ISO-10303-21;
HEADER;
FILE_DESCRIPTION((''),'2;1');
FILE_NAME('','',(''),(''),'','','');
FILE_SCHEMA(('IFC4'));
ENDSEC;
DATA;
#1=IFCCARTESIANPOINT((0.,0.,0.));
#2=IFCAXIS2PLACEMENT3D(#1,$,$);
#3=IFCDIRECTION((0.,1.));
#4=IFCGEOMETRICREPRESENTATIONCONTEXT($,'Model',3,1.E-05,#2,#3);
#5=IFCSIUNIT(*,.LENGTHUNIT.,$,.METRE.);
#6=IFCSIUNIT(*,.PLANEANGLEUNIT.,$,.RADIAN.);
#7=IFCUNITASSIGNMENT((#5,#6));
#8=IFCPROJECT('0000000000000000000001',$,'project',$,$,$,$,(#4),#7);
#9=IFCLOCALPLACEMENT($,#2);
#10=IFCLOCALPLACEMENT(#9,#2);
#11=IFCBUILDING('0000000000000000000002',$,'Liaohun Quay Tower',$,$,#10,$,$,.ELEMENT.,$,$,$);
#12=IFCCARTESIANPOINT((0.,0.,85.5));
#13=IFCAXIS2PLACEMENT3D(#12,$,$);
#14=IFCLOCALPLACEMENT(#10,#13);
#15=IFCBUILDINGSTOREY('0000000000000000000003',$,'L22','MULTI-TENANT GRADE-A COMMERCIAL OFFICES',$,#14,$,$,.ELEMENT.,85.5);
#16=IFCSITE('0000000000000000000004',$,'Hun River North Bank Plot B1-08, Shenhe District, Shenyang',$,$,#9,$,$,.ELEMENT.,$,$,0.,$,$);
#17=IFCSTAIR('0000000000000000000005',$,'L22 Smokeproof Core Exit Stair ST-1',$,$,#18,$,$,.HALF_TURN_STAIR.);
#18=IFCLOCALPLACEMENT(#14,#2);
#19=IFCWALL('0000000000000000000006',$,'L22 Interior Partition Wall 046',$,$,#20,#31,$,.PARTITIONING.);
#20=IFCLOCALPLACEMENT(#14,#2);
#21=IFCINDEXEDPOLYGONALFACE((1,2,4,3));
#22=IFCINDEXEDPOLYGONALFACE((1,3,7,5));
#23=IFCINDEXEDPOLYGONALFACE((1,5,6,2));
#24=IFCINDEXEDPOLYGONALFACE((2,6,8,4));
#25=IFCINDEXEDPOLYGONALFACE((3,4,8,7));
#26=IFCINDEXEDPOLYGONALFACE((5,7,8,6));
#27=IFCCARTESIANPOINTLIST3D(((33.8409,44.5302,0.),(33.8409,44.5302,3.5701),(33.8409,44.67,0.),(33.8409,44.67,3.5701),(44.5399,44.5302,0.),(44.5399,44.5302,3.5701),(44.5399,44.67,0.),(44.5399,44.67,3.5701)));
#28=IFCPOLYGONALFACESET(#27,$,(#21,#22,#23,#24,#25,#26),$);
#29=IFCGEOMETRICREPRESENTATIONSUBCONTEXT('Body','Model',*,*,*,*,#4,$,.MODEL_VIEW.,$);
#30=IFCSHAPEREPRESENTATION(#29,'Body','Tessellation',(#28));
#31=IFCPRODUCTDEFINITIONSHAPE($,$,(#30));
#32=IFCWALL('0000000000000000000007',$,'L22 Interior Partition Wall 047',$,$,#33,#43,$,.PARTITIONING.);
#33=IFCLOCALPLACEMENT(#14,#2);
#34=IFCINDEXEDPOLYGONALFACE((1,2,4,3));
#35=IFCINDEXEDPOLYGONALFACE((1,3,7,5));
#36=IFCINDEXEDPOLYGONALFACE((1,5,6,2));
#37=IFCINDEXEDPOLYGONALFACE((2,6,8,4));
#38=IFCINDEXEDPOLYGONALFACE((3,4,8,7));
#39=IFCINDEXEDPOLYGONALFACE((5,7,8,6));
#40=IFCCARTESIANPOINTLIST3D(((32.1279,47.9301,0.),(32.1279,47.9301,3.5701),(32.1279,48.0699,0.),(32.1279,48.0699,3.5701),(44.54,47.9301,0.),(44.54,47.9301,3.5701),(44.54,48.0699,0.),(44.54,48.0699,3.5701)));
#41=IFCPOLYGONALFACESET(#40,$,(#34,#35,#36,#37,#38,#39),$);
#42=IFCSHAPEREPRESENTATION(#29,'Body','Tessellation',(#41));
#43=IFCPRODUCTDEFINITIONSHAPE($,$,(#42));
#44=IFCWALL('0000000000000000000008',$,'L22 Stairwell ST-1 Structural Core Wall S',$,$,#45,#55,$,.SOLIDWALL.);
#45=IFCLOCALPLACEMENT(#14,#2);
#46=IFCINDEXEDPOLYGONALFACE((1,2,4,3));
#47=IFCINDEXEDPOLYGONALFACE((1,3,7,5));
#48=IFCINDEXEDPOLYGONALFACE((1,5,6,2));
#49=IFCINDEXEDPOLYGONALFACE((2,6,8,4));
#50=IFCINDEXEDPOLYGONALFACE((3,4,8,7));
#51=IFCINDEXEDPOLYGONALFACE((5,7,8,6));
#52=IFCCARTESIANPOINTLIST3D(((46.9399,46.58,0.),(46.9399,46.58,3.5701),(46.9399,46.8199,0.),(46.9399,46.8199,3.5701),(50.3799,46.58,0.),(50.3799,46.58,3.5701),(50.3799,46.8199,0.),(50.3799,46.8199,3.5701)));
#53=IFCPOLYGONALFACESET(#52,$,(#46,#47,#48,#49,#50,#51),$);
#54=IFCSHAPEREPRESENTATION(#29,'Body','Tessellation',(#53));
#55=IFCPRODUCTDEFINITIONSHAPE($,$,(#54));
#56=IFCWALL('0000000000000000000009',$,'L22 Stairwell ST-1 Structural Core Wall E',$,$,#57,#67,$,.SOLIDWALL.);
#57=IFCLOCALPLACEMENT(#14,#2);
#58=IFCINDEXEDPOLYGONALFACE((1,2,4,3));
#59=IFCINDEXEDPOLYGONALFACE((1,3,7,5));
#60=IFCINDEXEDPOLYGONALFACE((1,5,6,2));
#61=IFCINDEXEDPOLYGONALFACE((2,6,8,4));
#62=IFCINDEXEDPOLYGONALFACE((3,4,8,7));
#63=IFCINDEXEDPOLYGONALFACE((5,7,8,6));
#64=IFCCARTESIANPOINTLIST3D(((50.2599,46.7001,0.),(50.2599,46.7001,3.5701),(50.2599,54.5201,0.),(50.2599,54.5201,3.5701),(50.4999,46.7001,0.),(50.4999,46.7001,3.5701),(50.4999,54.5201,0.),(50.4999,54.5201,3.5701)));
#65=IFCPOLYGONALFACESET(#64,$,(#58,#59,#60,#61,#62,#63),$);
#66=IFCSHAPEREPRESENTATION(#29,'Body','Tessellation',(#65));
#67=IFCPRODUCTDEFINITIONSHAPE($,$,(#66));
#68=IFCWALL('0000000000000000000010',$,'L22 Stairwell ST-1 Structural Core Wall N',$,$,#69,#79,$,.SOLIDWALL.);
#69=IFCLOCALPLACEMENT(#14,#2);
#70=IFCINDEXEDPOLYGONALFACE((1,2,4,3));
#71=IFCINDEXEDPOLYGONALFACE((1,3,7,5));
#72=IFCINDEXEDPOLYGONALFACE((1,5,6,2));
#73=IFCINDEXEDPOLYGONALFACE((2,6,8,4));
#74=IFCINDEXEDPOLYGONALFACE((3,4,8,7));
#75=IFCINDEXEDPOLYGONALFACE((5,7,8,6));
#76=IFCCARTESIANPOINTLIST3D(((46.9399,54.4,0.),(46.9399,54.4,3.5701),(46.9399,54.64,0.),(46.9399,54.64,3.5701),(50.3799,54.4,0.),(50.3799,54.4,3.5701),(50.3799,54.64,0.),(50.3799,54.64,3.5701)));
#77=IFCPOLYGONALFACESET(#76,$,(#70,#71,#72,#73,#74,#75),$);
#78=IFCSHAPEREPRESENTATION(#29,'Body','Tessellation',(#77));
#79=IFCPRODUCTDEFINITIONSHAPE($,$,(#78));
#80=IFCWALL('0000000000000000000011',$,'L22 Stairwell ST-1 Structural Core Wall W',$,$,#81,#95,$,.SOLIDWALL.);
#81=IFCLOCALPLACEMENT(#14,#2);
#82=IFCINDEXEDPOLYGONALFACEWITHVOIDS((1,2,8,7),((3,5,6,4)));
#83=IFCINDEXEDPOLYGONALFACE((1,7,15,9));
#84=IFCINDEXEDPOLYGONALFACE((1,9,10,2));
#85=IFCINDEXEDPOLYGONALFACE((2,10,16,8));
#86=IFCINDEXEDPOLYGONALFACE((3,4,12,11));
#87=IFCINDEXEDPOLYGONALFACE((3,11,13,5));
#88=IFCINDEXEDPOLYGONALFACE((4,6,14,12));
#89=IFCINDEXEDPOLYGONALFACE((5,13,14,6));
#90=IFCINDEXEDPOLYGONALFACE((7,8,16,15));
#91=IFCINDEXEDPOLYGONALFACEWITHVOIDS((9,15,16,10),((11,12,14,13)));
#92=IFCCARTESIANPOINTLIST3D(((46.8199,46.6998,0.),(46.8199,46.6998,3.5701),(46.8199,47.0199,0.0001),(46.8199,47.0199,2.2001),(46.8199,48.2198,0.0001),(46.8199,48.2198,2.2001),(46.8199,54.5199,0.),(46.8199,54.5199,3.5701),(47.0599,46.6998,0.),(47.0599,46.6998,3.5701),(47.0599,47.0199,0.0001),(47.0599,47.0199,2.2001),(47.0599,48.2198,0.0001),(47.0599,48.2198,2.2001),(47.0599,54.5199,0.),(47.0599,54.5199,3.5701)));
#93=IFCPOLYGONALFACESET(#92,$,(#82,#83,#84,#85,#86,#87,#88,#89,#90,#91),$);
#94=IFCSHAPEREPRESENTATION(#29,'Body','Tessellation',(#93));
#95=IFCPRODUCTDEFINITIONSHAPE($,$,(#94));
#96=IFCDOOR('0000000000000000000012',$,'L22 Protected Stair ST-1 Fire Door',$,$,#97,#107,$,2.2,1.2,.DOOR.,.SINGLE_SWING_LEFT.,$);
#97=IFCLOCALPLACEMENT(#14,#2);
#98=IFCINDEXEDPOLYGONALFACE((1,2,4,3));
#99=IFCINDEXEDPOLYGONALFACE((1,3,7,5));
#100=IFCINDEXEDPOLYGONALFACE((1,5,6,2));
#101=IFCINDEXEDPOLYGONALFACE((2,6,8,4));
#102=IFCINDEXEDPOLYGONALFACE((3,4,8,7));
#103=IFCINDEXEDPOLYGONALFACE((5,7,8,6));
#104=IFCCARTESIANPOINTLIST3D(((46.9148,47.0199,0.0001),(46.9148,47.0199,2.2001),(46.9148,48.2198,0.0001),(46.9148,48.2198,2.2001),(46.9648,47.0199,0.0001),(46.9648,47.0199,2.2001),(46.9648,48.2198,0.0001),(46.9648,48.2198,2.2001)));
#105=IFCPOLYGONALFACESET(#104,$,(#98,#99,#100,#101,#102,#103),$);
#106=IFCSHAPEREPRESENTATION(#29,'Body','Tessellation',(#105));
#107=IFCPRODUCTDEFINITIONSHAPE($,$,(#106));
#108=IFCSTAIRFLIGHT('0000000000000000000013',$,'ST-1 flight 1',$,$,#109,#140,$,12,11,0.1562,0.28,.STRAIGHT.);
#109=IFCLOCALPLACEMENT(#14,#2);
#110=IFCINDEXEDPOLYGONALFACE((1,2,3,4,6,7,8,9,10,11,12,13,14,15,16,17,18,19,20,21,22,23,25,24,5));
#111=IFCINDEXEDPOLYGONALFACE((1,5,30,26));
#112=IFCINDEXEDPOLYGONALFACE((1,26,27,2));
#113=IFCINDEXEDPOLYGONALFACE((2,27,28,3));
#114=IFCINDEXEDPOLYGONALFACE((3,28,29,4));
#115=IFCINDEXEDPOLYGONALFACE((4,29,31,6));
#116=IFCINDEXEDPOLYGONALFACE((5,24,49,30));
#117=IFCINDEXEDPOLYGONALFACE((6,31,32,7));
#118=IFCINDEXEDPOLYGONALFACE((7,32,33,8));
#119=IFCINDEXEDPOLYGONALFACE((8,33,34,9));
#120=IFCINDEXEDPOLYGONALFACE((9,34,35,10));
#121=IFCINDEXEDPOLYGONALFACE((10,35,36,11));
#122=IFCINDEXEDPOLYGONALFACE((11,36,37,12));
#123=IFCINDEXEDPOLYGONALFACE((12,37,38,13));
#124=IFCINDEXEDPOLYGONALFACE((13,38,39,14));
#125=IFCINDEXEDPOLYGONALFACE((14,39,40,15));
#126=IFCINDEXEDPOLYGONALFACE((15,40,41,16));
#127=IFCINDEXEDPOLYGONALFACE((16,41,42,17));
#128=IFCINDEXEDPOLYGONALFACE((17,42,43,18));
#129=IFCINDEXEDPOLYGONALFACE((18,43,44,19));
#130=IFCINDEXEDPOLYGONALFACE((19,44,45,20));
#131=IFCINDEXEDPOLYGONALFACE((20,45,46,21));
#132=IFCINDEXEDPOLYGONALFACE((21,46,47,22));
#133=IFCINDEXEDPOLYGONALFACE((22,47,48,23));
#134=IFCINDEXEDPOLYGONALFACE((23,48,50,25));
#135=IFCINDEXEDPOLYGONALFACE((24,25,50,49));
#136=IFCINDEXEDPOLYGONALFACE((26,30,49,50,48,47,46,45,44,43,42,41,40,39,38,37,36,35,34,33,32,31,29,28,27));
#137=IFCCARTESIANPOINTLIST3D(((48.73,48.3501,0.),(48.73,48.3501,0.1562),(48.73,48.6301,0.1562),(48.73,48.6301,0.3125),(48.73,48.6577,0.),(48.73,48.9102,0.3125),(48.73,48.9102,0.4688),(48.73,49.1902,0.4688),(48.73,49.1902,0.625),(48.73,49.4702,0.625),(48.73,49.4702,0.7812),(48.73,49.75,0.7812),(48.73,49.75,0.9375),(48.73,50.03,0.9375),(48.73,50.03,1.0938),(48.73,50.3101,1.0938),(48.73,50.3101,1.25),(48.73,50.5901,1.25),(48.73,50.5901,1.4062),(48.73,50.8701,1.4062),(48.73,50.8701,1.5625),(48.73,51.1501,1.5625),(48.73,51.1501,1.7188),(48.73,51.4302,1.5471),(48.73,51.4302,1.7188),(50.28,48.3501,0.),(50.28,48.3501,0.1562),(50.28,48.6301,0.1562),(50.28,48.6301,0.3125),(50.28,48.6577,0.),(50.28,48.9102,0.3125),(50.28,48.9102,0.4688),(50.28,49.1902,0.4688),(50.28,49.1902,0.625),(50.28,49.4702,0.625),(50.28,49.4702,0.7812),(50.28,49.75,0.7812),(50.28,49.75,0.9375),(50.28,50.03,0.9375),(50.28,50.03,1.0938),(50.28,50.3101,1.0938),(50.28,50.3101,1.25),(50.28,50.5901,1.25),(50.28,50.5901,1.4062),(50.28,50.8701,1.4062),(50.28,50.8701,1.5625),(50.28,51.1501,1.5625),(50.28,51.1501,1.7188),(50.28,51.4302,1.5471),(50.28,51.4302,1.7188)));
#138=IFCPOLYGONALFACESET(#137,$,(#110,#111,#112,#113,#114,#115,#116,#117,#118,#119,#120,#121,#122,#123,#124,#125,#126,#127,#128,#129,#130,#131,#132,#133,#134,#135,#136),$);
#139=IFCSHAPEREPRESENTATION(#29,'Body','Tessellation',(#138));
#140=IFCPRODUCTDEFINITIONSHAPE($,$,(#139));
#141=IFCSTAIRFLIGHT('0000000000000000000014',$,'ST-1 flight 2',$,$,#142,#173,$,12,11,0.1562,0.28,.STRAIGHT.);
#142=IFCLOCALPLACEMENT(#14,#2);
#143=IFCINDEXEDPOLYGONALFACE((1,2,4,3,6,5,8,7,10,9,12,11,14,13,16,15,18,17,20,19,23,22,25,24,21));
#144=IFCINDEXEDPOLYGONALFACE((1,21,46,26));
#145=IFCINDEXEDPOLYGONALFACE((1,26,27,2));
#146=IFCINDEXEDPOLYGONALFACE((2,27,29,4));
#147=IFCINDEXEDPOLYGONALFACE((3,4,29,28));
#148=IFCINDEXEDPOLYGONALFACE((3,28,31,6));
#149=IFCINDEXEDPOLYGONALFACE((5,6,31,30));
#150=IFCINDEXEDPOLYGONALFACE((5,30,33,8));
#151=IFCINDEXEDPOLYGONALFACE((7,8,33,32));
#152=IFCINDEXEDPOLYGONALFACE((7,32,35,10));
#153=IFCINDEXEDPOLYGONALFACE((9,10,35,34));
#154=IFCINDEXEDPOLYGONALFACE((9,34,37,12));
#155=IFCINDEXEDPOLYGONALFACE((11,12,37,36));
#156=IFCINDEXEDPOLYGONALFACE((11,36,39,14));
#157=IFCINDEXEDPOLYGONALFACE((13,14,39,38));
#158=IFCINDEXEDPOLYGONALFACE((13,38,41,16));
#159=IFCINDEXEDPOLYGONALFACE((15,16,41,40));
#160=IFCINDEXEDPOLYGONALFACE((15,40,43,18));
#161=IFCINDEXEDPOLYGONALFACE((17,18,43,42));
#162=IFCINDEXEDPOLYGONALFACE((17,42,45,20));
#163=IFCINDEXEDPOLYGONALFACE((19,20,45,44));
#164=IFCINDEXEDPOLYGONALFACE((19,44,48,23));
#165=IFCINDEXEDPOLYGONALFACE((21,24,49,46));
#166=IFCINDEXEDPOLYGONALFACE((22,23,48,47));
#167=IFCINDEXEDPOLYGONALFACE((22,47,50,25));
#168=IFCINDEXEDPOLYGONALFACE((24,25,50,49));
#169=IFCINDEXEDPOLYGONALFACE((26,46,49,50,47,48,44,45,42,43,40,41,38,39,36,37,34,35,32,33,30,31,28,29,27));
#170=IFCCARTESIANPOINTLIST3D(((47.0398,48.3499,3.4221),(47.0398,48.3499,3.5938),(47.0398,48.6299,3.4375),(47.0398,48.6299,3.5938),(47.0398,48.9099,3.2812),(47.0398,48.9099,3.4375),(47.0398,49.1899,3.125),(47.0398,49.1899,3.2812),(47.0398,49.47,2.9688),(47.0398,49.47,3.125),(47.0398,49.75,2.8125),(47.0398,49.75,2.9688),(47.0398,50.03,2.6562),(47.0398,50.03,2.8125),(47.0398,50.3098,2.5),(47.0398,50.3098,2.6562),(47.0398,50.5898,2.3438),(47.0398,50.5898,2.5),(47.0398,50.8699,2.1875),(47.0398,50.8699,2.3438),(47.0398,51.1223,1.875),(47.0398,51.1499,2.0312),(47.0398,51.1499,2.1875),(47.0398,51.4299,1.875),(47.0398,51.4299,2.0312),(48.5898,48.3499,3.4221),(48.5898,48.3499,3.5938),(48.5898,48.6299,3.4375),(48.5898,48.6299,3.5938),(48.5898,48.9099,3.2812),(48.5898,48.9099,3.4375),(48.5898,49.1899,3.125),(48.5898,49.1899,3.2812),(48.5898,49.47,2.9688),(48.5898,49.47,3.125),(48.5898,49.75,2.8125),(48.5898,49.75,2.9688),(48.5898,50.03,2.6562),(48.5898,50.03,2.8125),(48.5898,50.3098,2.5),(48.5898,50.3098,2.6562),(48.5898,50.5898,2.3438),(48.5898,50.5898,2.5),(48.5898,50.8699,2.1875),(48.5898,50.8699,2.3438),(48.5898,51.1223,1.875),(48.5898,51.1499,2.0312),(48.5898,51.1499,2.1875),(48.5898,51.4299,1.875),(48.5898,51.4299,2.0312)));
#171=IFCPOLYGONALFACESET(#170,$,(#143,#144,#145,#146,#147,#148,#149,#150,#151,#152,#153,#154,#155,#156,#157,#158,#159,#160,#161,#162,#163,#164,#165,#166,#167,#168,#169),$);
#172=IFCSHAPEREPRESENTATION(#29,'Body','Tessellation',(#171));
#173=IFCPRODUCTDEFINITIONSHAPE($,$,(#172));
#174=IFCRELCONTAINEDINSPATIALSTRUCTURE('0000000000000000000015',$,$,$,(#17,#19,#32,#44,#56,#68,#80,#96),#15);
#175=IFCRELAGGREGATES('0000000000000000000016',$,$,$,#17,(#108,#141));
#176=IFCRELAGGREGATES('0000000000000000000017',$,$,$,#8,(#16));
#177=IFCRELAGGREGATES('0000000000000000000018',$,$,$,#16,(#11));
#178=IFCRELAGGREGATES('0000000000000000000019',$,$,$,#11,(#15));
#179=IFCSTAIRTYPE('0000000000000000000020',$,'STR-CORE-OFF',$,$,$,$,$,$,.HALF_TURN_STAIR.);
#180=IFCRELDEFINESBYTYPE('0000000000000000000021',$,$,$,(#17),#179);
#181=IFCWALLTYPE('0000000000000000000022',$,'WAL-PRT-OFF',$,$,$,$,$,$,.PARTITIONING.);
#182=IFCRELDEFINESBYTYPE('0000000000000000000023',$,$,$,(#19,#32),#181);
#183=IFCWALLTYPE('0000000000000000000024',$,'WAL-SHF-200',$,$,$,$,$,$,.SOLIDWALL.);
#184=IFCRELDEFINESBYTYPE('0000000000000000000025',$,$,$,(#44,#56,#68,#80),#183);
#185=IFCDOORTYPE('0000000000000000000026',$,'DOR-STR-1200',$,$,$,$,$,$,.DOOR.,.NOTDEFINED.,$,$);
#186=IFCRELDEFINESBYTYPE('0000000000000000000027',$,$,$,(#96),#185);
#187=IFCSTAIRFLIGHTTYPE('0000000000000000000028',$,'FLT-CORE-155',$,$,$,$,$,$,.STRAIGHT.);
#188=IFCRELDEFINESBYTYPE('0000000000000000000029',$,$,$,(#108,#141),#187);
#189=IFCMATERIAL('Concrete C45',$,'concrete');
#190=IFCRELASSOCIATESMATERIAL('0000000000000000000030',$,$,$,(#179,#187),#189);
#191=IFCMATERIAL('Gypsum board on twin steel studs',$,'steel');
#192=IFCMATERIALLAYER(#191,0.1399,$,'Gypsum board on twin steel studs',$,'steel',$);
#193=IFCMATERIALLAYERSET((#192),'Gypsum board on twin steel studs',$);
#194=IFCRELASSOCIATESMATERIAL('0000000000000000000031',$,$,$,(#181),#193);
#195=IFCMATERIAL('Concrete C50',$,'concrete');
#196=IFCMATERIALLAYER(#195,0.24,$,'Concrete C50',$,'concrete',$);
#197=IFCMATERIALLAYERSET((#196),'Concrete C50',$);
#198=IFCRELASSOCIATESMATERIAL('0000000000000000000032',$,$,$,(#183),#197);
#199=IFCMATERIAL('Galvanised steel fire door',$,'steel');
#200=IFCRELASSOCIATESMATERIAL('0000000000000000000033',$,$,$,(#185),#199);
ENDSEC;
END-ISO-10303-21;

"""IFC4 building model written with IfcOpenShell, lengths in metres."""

from ifc_helpers import new_model, si_unit, direction, frame, frame_2d, origin, place, context, subcontext, project, spatial, polyline, rectangle, outline, extrude, source, transform, mapped, material, layer, layer_set, type_object, element, fill, aggregate, save


model = new_model("IFC4")

# Units and contexts
model_context = context("Model", 3, precision=1e-05, world=origin(), true_north=direction((0.0, 1.0)))
body_context = subcontext(model_context, "Body", "Model", "MODEL_VIEW")
ifc_project = project(units=[si_unit("LENGTHUNIT", "METRE"), si_unit("PLANEANGLEUNIT", "RADIAN")], contexts=[model_context])

# Site, building, storey
site_placement = place(None, origin())
site = spatial("IfcSite", under=ifc_project, at=site_placement, Name="Hun River North Bank Plot B1-08, Shenhe District, Shenyang", CompositionType="ELEMENT", RefElevation=0.0)
building_placement = place(site_placement, origin())
building = spatial("IfcBuilding", under=site, at=building_placement, Name="Liaohun Quay Tower", CompositionType="ELEMENT")
storey_placement = place(building_placement, frame((0.0, 0.0, 85.5)))
storey = spatial("IfcBuildingStorey", under=building, at=storey_placement, Name="L22", Description="MULTI-TENANT GRADE-A COMMERCIAL OFFICES", CompositionType="ELEMENT", Elevation=85.5)

# Stair
ifc_material_1 = material(Name="Concrete C45", Category="concrete")
stair_type = type_object("IfcStairType", Name="STR-CORE-OFF", PredefinedType="HALF_TURN_STAIR", material=ifc_material_1)
stair_1_placement = place(storey_placement, origin())
stair_1 = element("IfcStair", 1, at=stair_1_placement, inside=storey, type_object=stair_type, Name="L22 Smokeproof Core Exit Stair ST-1", PredefinedType="HALF_TURN_STAIR")

# Walls
ifc_material_2 = material(Name="Gypsum board on twin steel studs", Category="steel")
ifc_layer_1 = layer(ifc_material_2, 0.1399, Name="Gypsum board on twin steel studs", Category="steel")
ifc_layer_set_1 = layer_set([ifc_layer_1], Name="Gypsum board on twin steel studs")
wall_type_1 = type_object("IfcWallType", Name="WAL-PRT-OFF", PredefinedType="PARTITIONING", material=ifc_layer_set_1)
wall_1_placement = place(storey_placement, frame((44.54, 44.6001, 0.0), z_axis=(0.0, 0.0, 1.0), x_axis=(-1.0, 0.0, 0.0)))
element("IfcWall", 2, at=wall_1_placement, inside=storey, type_object=wall_type_1, Name="L22 Interior Partition Wall 046", PredefinedType="PARTITIONING", context=body_context, shape_type="SweptSolid", body=[
    extrude(rectangle(XDim=10.699, YDim=0.1399, at=frame_2d((5.3496, 0.0))), origin(), (0.0, 0.0, 1.0), 3.5701),
])
wall_2_placement = place(storey_placement, frame((44.54, 48.0, 0.0), z_axis=(0.0, 0.0, 1.0), x_axis=(-1.0, 0.0, 0.0)))
element("IfcWall", 3, at=wall_2_placement, inside=storey, type_object=wall_type_1, Name="L22 Interior Partition Wall 047", PredefinedType="PARTITIONING", context=body_context, shape_type="SweptSolid", body=[
    extrude(rectangle(XDim=12.4121, YDim=0.1399, at=frame_2d((6.2061, 0.0))), origin(), (0.0, 0.0, 1.0), 3.5701),
])
ifc_material_3 = material(Name="Concrete C50", Category="concrete")
ifc_layer_2 = layer(ifc_material_3, 0.24, Name="Concrete C50", Category="concrete")
ifc_layer_set_2 = layer_set([ifc_layer_2], Name="Concrete C50")
wall_type_2 = type_object("IfcWallType", Name="WAL-SHF-200", PredefinedType="SOLIDWALL", material=ifc_layer_set_2)
wall_3_placement = place(storey_placement, frame((46.9399, 46.7, 0.0), z_axis=(0.0, 0.0, 1.0), x_axis=(1.0, 0.0, 0.0)))
element("IfcWall", 4, at=wall_3_placement, inside=storey, type_object=wall_type_2, Name="L22 Stairwell ST-1 Structural Core Wall S", PredefinedType="SOLIDWALL", context=body_context, shape_type="SweptSolid", body=[
    extrude(rectangle(XDim=3.4399, YDim=0.24, at=frame_2d((1.72, 0.0))), origin(), (0.0, 0.0, 1.0), 3.5701),
])
wall_4_placement = place(storey_placement, frame((50.3799, 46.7, 0.0), z_axis=(0.0, 0.0, 1.0), x_axis=(0.0, 1.0, 0.0)))
element("IfcWall", 5, at=wall_4_placement, inside=storey, type_object=wall_type_2, Name="L22 Stairwell ST-1 Structural Core Wall E", PredefinedType="SOLIDWALL", context=body_context, shape_type="SweptSolid", body=[
    extrude(rectangle(XDim=7.8201, YDim=0.24, at=frame_2d((3.9102, 0.0))), origin(), (0.0, 0.0, 1.0), 3.5701),
])
wall_5_placement = place(storey_placement, frame((50.3799, 54.52, 0.0), z_axis=(0.0, 0.0, 1.0), x_axis=(-1.0, 0.0, 0.0)))
element("IfcWall", 6, at=wall_5_placement, inside=storey, type_object=wall_type_2, Name="L22 Stairwell ST-1 Structural Core Wall N", PredefinedType="SOLIDWALL", context=body_context, shape_type="SweptSolid", body=[
    extrude(rectangle(XDim=3.4399, YDim=0.24, at=frame_2d((1.72, 0.0))), origin(), (0.0, 0.0, 1.0), 3.5701),
])

# Wall, opening, door
wall_6_placement = place(storey_placement, frame((46.9399, 54.52, 0.0), z_axis=(0.0, 0.0, 1.0), x_axis=(0.0, -1.0, 0.0)))
wall_6 = element("IfcWall", 7, at=wall_6_placement, inside=storey, type_object=wall_type_2, Name="L22 Stairwell ST-1 Structural Core Wall W", PredefinedType="SOLIDWALL", context=body_context, shape_type="SweptSolid", body=[
    extrude(rectangle(XDim=7.8201, YDim=0.24, at=frame_2d((3.9102, 0.0))), origin(), (0.0, 0.0, 1.0), 3.5701),
])
shared_shape_1 = source(origin(), body_context, "Body", "SweptSolid", [
    extrude(rectangle(XDim=1.2, YDim=2.2, at=frame_2d((0.6001, 1.1001))), frame((0.0, 0.1299, 0.0), z_axis=(0.0, -1.0, 0.0), x_axis=(1.0, 0.0, 0.0)), (0.0, 0.0, 1.0), 0.26),
])
opening_1_placement = place(wall_6_placement, frame((6.3, 0.0, 0.0)))
opening_1 = element("IfcOpeningElement", 8, at=opening_1_placement, cuts=wall_6, PredefinedType="OPENING", context=body_context, shape_type="MappedRepresentation", body=[
    mapped(shared_shape_1, transform((0.0, 0.0, 0.0), x_axis=(1.0, 0.0, 0.0), y_axis=(0.0, 1.0, 0.0), z_axis=(0.0, 0.0, 1.0), scale=1.0)),
])
ifc_material_4 = material(Name="Galvanised steel fire door", Category="steel")
door_type_1 = type_object("IfcDoorType", Name="DOR-STR-1200", OperationType="NOTDEFINED", PredefinedType="DOOR", material=ifc_material_4)
shared_shape_2 = source(origin(), body_context, "Body", "SweptSolid", [
    extrude(rectangle(XDim=1.2, YDim=2.2, at=frame_2d((0.6001, 1.1001))), frame((0.0, 0.0249, 0.0), z_axis=(0.0, -1.0, 0.0), x_axis=(1.0, 0.0, 0.0)), (0.0, 0.0, 1.0), 0.05),
])
door_1_placement = place(opening_1_placement, origin())
door_1 = element("IfcDoor", 9, at=door_1_placement, inside=storey, type_object=door_type_1, Name="L22 Protected Stair ST-1 Fire Door", OperationType="SINGLE_SWING_LEFT", OverallHeight=2.2, OverallWidth=1.2, PredefinedType="DOOR", context=body_context, shape_type="MappedRepresentation", body=[
    mapped(shared_shape_2, transform((0.0, 0.0, 0.0), x_axis=(1.0, 0.0, 0.0), y_axis=(0.0, 1.0, 0.0), z_axis=(0.0, 0.0, 1.0), scale=1.0)),
])
fill(opening_1, door_1)

# Stair flights
stair_flight_type = type_object("IfcStairFlightType", Name="FLT-CORE-155", PredefinedType="STRAIGHT", material=ifc_material_1)
stair_flight_1_placement = place(storey_placement, frame((49.5049, 48.3501, 0.0), z_axis=(0.0, 0.0, 1.0), x_axis=(0.0, 1.0, 0.0)))
stair_flight_1 = element("IfcStairFlight", 10, at=stair_flight_1_placement, type_object=stair_flight_type, Name="ST-1 flight 1", NumberOfRisers=12, NumberOfTreads=11, PredefinedType="STRAIGHT", RiserHeight=0.1562, TreadLength=0.28, context=body_context, shape_type="SweptSolid", body=[
    extrude(outline(polyline([(0.0, 0.0), (0.0, 0.1562), (0.28, 0.1562), (0.28, 0.3125), (0.5601, 0.3125), (0.5601, 0.4688), (0.8401, 0.4688), (0.8401, 0.625), (1.1201, 0.625), (1.1201, 0.7812), (1.3999, 0.7812), (1.3999, 0.9375), (1.6799, 0.9375), (1.6799, 1.0938), (1.96, 1.0938), (1.96, 1.25), (2.24, 1.25), (2.24, 1.4062), (2.52, 1.4062), (2.52, 1.5625), (2.8, 1.5625), (2.8, 1.7188), (3.0801, 1.7188), (3.0801, 1.875), (3.0801, 1.5471), (0.3076, 0.0), (0.0, 0.0)])), frame((0.0, 0.7749, 0.0), z_axis=(0.0, -1.0, 0.0), x_axis=(1.0, 0.0, 0.0)), (0.0, 0.0, 1.0), 1.55),
])
stair_flight_2_placement = place(storey_placement, frame((47.8149, 51.4299, 1.875), z_axis=(0.0, 0.0, 1.0), x_axis=(0.0, -1.0, 0.0)))
stair_flight_2 = element("IfcStairFlight", 11, at=stair_flight_2_placement, type_object=stair_flight_type, Name="ST-1 flight 2", NumberOfRisers=12, NumberOfTreads=11, PredefinedType="STRAIGHT", RiserHeight=0.1562, TreadLength=0.28, context=body_context, shape_type="SweptSolid", body=[
    extrude(outline(polyline([(0.0, 0.0), (0.0, 0.1562), (0.28, 0.1562), (0.28, 0.3125), (0.5601, 0.3125), (0.5601, 0.4688), (0.8401, 0.4688), (0.8401, 0.625), (1.1201, 0.625), (1.1201, 0.7812), (1.3999, 0.7812), (1.3999, 0.9375), (1.6799, 0.9375), (1.6799, 1.0938), (1.96, 1.0938), (1.96, 1.25), (2.24, 1.25), (2.24, 1.4062), (2.52, 1.4062), (2.52, 1.5625), (2.8, 1.5625), (2.8, 1.7188), (3.0801, 1.7188), (3.0801, 1.875), (3.0801, 1.5471), (0.3076, 0.0), (0.0, 0.0)])), frame((0.0, 0.7749, 0.0), z_axis=(0.0, -1.0, 0.0), x_axis=(1.0, 0.0, 0.0)), (0.0, 0.0, 1.0), 1.55),
])
aggregate(stair_1, [stair_flight_1, stair_flight_2])

save(model, "model.ifc")
